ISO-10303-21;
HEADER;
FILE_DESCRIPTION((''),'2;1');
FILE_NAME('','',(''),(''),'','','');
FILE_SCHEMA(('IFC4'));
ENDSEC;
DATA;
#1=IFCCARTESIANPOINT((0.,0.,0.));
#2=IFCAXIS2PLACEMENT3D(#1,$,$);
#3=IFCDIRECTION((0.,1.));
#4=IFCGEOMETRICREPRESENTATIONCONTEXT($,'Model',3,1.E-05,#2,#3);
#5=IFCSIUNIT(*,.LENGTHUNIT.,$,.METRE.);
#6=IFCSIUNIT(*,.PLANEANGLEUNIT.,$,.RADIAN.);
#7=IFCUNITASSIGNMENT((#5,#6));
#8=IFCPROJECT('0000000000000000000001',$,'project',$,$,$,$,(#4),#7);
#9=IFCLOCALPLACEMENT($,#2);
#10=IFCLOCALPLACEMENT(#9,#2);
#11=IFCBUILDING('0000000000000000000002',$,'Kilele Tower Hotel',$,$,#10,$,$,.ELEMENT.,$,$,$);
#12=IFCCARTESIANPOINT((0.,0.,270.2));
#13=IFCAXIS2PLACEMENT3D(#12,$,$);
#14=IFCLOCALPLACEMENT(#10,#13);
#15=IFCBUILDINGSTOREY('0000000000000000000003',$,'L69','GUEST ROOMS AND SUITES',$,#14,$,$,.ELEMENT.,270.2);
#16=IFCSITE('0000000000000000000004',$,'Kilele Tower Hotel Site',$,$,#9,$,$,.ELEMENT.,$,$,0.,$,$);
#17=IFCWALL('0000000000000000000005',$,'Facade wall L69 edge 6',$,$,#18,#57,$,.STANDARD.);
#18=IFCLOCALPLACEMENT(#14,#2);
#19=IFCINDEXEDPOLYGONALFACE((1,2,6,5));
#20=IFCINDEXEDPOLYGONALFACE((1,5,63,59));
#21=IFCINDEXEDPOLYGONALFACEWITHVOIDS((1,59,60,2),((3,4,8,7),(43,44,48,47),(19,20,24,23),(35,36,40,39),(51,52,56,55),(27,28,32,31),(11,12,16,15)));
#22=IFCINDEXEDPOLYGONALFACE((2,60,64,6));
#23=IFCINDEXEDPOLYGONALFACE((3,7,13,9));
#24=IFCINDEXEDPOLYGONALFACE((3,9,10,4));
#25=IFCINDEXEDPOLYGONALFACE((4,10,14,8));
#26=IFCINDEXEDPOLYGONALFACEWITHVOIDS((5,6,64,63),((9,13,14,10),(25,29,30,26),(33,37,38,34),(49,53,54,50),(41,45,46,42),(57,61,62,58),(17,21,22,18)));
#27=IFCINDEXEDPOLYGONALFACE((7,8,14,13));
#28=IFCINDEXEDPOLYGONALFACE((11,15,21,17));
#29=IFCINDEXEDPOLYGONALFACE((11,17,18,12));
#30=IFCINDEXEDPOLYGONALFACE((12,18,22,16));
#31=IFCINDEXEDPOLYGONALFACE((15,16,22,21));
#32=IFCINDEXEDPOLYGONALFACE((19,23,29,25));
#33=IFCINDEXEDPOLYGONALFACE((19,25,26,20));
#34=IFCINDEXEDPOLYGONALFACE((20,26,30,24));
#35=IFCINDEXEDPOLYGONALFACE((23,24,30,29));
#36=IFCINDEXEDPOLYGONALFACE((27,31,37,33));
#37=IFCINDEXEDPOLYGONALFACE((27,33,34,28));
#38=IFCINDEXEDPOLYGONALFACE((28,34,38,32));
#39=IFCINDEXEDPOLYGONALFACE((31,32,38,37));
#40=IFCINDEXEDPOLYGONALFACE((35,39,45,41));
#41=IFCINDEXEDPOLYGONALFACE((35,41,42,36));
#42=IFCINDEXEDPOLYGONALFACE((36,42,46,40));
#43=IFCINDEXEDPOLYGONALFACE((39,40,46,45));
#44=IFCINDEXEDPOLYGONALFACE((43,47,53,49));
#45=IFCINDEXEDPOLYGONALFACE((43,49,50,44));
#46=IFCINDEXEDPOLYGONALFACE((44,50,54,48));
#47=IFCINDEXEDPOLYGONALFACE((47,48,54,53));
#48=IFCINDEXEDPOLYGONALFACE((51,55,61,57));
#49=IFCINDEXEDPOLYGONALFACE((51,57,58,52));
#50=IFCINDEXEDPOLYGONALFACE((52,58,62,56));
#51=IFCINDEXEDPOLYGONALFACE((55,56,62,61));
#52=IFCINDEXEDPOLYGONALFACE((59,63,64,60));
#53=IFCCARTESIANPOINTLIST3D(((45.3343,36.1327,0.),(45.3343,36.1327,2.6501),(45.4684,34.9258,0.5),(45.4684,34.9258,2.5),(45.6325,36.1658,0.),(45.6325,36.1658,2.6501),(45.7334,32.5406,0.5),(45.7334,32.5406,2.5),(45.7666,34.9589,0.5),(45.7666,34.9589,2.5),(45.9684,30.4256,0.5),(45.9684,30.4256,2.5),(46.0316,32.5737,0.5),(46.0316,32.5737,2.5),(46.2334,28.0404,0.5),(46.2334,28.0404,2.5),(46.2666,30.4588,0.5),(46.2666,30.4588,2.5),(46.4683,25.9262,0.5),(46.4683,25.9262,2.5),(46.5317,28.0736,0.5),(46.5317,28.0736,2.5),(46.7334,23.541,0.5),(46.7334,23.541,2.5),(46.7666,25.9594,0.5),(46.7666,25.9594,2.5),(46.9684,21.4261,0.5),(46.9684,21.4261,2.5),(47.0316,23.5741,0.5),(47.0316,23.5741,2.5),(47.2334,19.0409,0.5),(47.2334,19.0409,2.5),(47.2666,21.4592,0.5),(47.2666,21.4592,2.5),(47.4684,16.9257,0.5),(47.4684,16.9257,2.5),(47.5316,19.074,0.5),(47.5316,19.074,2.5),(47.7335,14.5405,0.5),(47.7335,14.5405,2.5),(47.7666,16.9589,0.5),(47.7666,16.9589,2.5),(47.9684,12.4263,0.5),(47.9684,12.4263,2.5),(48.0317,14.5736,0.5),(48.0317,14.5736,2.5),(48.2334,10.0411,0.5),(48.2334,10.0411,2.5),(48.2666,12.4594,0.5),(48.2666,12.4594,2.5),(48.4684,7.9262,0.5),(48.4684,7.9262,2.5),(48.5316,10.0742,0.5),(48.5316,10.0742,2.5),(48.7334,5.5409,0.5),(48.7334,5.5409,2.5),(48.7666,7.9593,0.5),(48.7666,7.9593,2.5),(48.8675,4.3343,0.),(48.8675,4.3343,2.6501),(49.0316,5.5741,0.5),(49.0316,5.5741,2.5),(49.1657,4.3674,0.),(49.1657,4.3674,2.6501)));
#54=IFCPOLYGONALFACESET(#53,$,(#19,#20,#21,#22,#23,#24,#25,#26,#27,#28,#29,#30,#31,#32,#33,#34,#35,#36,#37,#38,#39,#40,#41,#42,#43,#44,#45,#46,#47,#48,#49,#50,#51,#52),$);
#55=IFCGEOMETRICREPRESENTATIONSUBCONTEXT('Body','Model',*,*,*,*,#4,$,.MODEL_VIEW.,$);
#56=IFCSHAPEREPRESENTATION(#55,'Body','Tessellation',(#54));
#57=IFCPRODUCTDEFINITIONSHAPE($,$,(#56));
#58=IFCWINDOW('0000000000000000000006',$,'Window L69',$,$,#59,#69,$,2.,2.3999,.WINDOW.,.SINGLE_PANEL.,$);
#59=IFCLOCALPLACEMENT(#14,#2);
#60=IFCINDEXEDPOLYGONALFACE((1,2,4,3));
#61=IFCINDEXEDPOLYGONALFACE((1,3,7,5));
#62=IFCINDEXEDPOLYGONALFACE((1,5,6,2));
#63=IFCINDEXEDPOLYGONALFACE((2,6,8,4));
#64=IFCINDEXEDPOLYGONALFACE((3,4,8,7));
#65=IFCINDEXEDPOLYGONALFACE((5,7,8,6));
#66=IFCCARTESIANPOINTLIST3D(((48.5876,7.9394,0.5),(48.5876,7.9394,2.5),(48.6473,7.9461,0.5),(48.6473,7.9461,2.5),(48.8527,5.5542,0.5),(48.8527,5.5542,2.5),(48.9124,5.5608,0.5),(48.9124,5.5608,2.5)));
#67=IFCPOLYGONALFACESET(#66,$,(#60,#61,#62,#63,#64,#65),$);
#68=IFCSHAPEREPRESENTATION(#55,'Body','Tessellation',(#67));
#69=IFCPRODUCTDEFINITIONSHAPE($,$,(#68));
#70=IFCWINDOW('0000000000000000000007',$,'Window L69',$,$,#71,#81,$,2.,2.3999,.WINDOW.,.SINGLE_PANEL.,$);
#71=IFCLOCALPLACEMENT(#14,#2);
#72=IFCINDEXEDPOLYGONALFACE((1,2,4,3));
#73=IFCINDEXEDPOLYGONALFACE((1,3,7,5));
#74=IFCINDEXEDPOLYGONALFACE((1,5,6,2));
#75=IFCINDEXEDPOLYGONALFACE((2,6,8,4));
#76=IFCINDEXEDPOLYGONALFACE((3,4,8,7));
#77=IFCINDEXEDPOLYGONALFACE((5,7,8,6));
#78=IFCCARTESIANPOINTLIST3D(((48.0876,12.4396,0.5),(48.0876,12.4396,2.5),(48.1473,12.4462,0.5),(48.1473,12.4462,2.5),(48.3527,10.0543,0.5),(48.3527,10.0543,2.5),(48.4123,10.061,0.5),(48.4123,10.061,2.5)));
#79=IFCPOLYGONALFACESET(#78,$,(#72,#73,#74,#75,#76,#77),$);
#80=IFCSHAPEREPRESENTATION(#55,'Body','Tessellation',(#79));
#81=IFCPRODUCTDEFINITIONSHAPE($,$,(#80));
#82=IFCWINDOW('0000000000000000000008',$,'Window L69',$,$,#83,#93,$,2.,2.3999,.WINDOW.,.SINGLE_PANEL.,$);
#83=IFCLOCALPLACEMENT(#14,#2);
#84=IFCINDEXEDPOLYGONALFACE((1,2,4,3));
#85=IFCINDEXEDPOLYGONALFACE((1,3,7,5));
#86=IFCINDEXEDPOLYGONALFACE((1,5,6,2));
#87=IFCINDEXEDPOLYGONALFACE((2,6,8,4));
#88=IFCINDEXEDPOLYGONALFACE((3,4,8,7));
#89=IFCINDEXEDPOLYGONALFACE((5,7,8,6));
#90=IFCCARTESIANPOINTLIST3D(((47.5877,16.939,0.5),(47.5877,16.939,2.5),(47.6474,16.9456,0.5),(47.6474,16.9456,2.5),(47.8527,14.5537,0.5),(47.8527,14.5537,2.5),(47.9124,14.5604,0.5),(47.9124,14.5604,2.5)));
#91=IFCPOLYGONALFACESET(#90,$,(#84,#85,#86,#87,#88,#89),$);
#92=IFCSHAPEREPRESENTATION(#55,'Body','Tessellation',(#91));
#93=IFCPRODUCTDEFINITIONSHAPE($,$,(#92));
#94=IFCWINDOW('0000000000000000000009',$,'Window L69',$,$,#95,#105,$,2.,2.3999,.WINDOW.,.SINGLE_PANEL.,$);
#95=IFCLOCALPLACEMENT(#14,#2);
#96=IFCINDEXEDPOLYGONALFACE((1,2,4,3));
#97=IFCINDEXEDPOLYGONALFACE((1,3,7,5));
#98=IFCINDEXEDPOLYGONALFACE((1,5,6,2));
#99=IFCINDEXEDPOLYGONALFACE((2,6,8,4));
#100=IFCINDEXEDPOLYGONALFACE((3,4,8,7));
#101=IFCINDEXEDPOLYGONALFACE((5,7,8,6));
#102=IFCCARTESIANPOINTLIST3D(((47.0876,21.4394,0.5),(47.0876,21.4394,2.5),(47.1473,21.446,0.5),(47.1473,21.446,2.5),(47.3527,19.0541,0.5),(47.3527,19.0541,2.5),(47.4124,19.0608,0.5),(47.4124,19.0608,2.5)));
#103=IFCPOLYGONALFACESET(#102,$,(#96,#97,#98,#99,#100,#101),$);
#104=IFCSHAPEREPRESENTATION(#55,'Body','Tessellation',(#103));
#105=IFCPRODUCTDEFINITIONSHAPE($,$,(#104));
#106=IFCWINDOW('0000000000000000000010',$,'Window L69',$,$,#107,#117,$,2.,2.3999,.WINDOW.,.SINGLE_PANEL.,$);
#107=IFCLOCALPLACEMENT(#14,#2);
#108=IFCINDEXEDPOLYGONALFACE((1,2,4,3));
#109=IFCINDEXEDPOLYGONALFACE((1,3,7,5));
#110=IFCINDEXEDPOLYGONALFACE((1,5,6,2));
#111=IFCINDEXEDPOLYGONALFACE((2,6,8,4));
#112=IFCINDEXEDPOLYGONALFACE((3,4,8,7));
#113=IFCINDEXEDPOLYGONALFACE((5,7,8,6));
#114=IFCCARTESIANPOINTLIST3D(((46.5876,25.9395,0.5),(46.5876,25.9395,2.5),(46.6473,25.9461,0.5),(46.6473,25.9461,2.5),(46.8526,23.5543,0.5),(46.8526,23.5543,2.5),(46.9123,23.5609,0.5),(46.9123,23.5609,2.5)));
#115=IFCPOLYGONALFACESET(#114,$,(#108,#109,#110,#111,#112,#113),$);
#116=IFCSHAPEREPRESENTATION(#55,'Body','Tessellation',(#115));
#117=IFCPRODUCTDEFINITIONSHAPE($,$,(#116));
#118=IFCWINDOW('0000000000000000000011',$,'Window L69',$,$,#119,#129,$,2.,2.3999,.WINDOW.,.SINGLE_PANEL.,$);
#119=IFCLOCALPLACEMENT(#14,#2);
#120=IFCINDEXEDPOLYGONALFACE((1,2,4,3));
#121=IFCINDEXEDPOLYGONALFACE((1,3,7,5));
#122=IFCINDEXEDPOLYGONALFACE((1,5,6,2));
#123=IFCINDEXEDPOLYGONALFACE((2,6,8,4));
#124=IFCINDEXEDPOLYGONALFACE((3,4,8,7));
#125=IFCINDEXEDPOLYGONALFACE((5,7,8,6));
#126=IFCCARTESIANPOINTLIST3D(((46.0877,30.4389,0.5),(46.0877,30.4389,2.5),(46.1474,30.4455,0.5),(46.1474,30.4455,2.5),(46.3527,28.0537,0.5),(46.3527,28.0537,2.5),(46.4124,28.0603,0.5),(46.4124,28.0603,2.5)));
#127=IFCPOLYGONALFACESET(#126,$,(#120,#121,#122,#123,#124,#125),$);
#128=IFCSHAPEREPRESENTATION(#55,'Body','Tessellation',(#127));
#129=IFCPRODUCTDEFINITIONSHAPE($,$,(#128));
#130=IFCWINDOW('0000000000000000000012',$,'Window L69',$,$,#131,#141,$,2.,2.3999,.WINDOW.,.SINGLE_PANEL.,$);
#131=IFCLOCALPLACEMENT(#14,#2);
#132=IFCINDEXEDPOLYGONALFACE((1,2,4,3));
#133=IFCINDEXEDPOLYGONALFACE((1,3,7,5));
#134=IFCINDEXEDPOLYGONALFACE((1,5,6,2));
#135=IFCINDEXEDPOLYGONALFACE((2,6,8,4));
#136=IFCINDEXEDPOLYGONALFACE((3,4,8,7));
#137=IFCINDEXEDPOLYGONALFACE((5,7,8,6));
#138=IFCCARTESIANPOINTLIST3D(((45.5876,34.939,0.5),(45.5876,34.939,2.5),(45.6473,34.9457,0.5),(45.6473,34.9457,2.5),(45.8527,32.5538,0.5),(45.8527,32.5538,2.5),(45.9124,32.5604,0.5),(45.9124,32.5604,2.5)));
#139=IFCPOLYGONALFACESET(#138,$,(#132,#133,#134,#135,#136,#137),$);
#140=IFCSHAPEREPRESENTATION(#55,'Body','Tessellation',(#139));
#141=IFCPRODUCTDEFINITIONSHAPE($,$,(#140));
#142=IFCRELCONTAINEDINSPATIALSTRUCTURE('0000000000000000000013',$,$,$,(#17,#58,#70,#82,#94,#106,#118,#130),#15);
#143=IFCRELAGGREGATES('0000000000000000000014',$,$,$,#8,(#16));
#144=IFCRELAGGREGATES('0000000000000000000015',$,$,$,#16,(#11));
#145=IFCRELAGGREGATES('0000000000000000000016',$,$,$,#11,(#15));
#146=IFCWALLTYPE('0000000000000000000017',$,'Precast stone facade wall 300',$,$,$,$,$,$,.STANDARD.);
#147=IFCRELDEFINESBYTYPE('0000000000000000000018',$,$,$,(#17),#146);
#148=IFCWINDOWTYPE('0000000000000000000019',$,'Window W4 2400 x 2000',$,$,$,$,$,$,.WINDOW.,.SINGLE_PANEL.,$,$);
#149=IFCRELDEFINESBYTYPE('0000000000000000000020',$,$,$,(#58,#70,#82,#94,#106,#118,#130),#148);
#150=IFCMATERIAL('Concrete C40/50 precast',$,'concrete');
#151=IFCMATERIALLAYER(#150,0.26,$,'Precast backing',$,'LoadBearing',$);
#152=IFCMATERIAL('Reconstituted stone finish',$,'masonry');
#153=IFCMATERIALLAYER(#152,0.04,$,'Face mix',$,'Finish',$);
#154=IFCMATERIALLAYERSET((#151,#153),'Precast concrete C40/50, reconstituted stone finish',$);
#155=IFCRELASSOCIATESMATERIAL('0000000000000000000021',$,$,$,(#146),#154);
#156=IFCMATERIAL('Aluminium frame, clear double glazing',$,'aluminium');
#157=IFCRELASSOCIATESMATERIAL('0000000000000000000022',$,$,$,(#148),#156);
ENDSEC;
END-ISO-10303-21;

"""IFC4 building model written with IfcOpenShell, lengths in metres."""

from ifc_helpers import new_model, si_unit, direction, frame, frame_2d, origin, place, context, subcontext, project, spatial, rectangle, extrude, material, layer, layer_set, type_object, element, fill, save


model = new_model("IFC4")

# Units and contexts
model_context = context("Model", 3, precision=1e-05, world=origin(), true_north=direction((0.0, 1.0)))
body_context = subcontext(model_context, "Body", "Model", "MODEL_VIEW")
ifc_project = project(units=[si_unit("LENGTHUNIT", "METRE"), si_unit("PLANEANGLEUNIT", "RADIAN")], contexts=[model_context])

# Site, building, storey
site_placement = place(None, origin())
site = spatial("IfcSite", under=ifc_project, at=site_placement, Name="Kilele Tower Hotel Site", CompositionType="ELEMENT", RefElevation=0.0)
building_placement = place(site_placement, origin())
building = spatial("IfcBuilding", under=site, at=building_placement, Name="Kilele Tower Hotel", CompositionType="ELEMENT")
storey_placement = place(building_placement, frame((0.0, 0.0, 270.2)))
storey = spatial("IfcBuildingStorey", under=building, at=storey_placement, Name="L69", Description="GUEST ROOMS AND SUITES", CompositionType="ELEMENT", Elevation=270.2)

# Shared definitions
ifc_material_1 = material(Name="Concrete C40/50 precast", Category="concrete")
ifc_layer_1 = layer(ifc_material_1, 0.26, Name="Precast backing", Category="LoadBearing")
ifc_material_2 = material(Name="Reconstituted stone finish", Category="masonry")
ifc_layer_2 = layer(ifc_material_2, 0.04, Name="Face mix", Category="Finish")
ifc_layer_set = layer_set([ifc_layer_1, ifc_layer_2], Name="Precast concrete C40/50, reconstituted stone finish")
wall_type = type_object("IfcWallType", Name="Precast stone facade wall 300", PredefinedType="STANDARD", material=ifc_layer_set)
ifc_material_3 = material(Name="Aluminium frame, clear double glazing", Category="aluminium")
window_type_1 = type_object("IfcWindowType", Name="Window W4 2400 x 2000", PartitioningType="SINGLE_PANEL", PredefinedType="WINDOW", material=ifc_material_3)

# Wall, openings, windows
wall_1_placement = place(storey_placement, frame((49.0166, 4.3508, 0.0), z_axis=(0.0, 0.0, 1.0), x_axis=(-0.110433, 0.993884, 0.0)))
wall_1 = element("IfcWall", 1, at=wall_1_placement, inside=storey, type_object=wall_type, Name="Facade wall L69 edge 6", PredefinedType="STANDARD", context=body_context, shape_type="SweptSolid", body=[
    extrude(rectangle(XDim=31.9941, YDim=0.3, at=frame_2d((15.9971, 0.0))), origin(), (0.0, 0.0, 1.0), 2.6501),
])
opening_1_placement = place(wall_1_placement, frame((1.2141, 0.0, 0.5)))
opening_1 = element("IfcOpeningElement", 2, at=opening_1_placement, cuts=wall_1, PredefinedType="OPENING", context=body_context, shape_type="SweptSolid", body=[
    extrude(rectangle(XDim=2.3999, YDim=2.0, at=frame_2d((1.2, 1.0))), frame((0.0, 0.1599, 0.0), z_axis=(0.0, -1.0, 0.0), x_axis=(1.0, 0.0, 0.0)), (0.0, 0.0, 1.0), 0.3201),
])
opening_2_placement = place(wall_1_placement, frame((5.7419, 0.0, 0.5)))
opening_2 = element("IfcOpeningElement", 3, at=opening_2_placement, cuts=wall_1, PredefinedType="OPENING", context=body_context, shape_type="SweptSolid", body=[
    extrude(rectangle(XDim=2.3999, YDim=2.0, at=frame_2d((1.2, 1.0))), frame((0.0, 0.1599, 0.0), z_axis=(0.0, -1.0, 0.0), x_axis=(1.0, 0.0, 0.0)), (0.0, 0.0, 1.0), 0.3201),
])
opening_3_placement = place(wall_1_placement, frame((10.269, 0.0, 0.5)))
opening_3 = element("IfcOpeningElement", 4, at=opening_3_placement, cuts=wall_1, PredefinedType="OPENING", context=body_context, shape_type="SweptSolid", body=[
    extrude(rectangle(XDim=2.3999, YDim=2.0, at=frame_2d((1.2, 1.0))), frame((0.0, 0.1599, 0.0), z_axis=(0.0, -1.0, 0.0), x_axis=(1.0, 0.0, 0.0)), (0.0, 0.0, 1.0), 0.3201),
])
opening_4_placement = place(wall_1_placement, frame((14.7971, 0.0, 0.5)))
opening_4 = element("IfcOpeningElement", 5, at=opening_4_placement, cuts=wall_1, PredefinedType="OPENING", context=body_context, shape_type="SweptSolid", body=[
    extrude(rectangle(XDim=2.3999, YDim=2.0, at=frame_2d((1.2, 1.0))), frame((0.0, 0.1599, 0.0), z_axis=(0.0, -1.0, 0.0), x_axis=(1.0, 0.0, 0.0)), (0.0, 0.0, 1.0), 0.3201),
])
opening_5_placement = place(wall_1_placement, frame((19.325, 0.0, 0.5)))
opening_5 = element("IfcOpeningElement", 6, at=opening_5_placement, cuts=wall_1, PredefinedType="OPENING", context=body_context, shape_type="SweptSolid", body=[
    extrude(rectangle(XDim=2.3999, YDim=2.0, at=frame_2d((1.2, 1.0))), frame((0.0, 0.1599, 0.0), z_axis=(0.0, -1.0, 0.0), x_axis=(1.0, 0.0, 0.0)), (0.0, 0.0, 1.0), 0.3201),
])
opening_6_placement = place(wall_1_placement, frame((23.8521, 0.0, 0.5)))
opening_6 = element("IfcOpeningElement", 7, at=opening_6_placement, cuts=wall_1, PredefinedType="OPENING", context=body_context, shape_type="SweptSolid", body=[
    extrude(rectangle(XDim=2.3999, YDim=2.0, at=frame_2d((1.2, 1.0))), frame((0.0, 0.1599, 0.0), z_axis=(0.0, -1.0, 0.0), x_axis=(1.0, 0.0, 0.0)), (0.0, 0.0, 1.0), 0.3201),
])
opening_7_placement = place(wall_1_placement, frame((28.3799, 0.0, 0.5)))
opening_7 = element("IfcOpeningElement", 8, at=opening_7_placement, cuts=wall_1, PredefinedType="OPENING", context=body_context, shape_type="SweptSolid", body=[
    extrude(rectangle(XDim=2.3999, YDim=2.0, at=frame_2d((1.2, 1.0))), frame((0.0, 0.1599, 0.0), z_axis=(0.0, -1.0, 0.0), x_axis=(1.0, 0.0, 0.0)), (0.0, 0.0, 1.0), 0.3201),
])
window_1_placement = place(opening_1_placement, origin())
window_1 = element("IfcWindow", 9, at=window_1_placement, inside=storey, type_object=window_type_1, Name="Window L69", OverallHeight=2.0, OverallWidth=2.3999, PartitioningType="SINGLE_PANEL", PredefinedType="WINDOW", context=body_context, shape_type="SweptSolid", body=[
    extrude(rectangle(XDim=2.3999, YDim=2.0, at=frame_2d((1.2, 1.0))), frame((0.0, 0.03, 0.0), z_axis=(0.0, -1.0, 0.0), x_axis=(1.0, 0.0, 0.0)), (0.0, 0.0, 1.0), 0.0601),
])
fill(opening_1, window_1)
window_2_placement = place(opening_2_placement, origin())
window_2 = element("IfcWindow", 10, at=window_2_placement, inside=storey, type_object=window_type_1, Name="Window L69", OverallHeight=2.0, OverallWidth=2.3999, PartitioningType="SINGLE_PANEL", PredefinedType="WINDOW", context=body_context, shape_type="SweptSolid", body=[
    extrude(rectangle(XDim=2.3999, YDim=2.0, at=frame_2d((1.2, 1.0))), frame((0.0, 0.03, 0.0), z_axis=(0.0, -1.0, 0.0), x_axis=(1.0, 0.0, 0.0)), (0.0, 0.0, 1.0), 0.0601),
])
fill(opening_2, window_2)
window_3_placement = place(opening_3_placement, origin())
window_3 = element("IfcWindow", 11, at=window_3_placement, inside=storey, type_object=window_type_1, Name="Window L69", OverallHeight=2.0, OverallWidth=2.3999, PartitioningType="SINGLE_PANEL", PredefinedType="WINDOW", context=body_context, shape_type="SweptSolid", body=[
    extrude(rectangle(XDim=2.3999, YDim=2.0, at=frame_2d((1.2, 1.0))), frame((0.0, 0.03, 0.0), z_axis=(0.0, -1.0, 0.0), x_axis=(1.0, 0.0, 0.0)), (0.0, 0.0, 1.0), 0.0601),
])
fill(opening_3, window_3)
window_4_placement = place(opening_4_placement, origin())
window_4 = element("IfcWindow", 12, at=window_4_placement, inside=storey, type_object=window_type_1, Name="Window L69", OverallHeight=2.0, OverallWidth=2.3999, PartitioningType="SINGLE_PANEL", PredefinedType="WINDOW", context=body_context, shape_type="SweptSolid", body=[
    extrude(rectangle(XDim=2.3999, YDim=2.0, at=frame_2d((1.2, 1.0))), frame((0.0, 0.03, 0.0), z_axis=(0.0, -1.0, 0.0), x_axis=(1.0, 0.0, 0.0)), (0.0, 0.0, 1.0), 0.0601),
])
fill(opening_4, window_4)
window_5_placement = place(opening_5_placement, origin())
window_5 = element("IfcWindow", 13, at=window_5_placement, inside=storey, type_object=window_type_1, Name="Window L69", OverallHeight=2.0, OverallWidth=2.3999, PartitioningType="SINGLE_PANEL", PredefinedType="WINDOW", context=body_context, shape_type="SweptSolid", body=[
    extrude(rectangle(XDim=2.3999, YDim=2.0, at=frame_2d((1.2, 1.0))), frame((0.0, 0.03, 0.0), z_axis=(0.0, -1.0, 0.0), x_axis=(1.0, 0.0, 0.0)), (0.0, 0.0, 1.0), 0.0601),
])
fill(opening_5, window_5)
window_6_placement = place(opening_6_placement, origin())
window_6 = element("IfcWindow", 14, at=window_6_placement, inside=storey, type_object=window_type_1, Name="Window L69", OverallHeight=2.0, OverallWidth=2.3999, PartitioningType="SINGLE_PANEL", PredefinedType="WINDOW", context=body_context, shape_type="SweptSolid", body=[
    extrude(rectangle(XDim=2.3999, YDim=2.0, at=frame_2d((1.2, 1.0))), frame((0.0, 0.03, 0.0), z_axis=(0.0, -1.0, 0.0), x_axis=(1.0, 0.0, 0.0)), (0.0, 0.0, 1.0), 0.0601),
])
fill(opening_6, window_6)
window_7_placement = place(opening_7_placement, origin())
window_7 = element("IfcWindow", 15, at=window_7_placement, inside=storey, type_object=window_type_1, Name="Window L69", OverallHeight=2.0, OverallWidth=2.3999, PartitioningType="SINGLE_PANEL", PredefinedType="WINDOW", context=body_context, shape_type="SweptSolid", body=[
    extrude(rectangle(XDim=2.3999, YDim=2.0, at=frame_2d((1.2, 1.0))), frame((0.0, 0.03, 0.0), z_axis=(0.0, -1.0, 0.0), x_axis=(1.0, 0.0, 0.0)), (0.0, 0.0, 1.0), 0.0601),
])
fill(opening_7, window_7)

save(model, "model.ifc")
